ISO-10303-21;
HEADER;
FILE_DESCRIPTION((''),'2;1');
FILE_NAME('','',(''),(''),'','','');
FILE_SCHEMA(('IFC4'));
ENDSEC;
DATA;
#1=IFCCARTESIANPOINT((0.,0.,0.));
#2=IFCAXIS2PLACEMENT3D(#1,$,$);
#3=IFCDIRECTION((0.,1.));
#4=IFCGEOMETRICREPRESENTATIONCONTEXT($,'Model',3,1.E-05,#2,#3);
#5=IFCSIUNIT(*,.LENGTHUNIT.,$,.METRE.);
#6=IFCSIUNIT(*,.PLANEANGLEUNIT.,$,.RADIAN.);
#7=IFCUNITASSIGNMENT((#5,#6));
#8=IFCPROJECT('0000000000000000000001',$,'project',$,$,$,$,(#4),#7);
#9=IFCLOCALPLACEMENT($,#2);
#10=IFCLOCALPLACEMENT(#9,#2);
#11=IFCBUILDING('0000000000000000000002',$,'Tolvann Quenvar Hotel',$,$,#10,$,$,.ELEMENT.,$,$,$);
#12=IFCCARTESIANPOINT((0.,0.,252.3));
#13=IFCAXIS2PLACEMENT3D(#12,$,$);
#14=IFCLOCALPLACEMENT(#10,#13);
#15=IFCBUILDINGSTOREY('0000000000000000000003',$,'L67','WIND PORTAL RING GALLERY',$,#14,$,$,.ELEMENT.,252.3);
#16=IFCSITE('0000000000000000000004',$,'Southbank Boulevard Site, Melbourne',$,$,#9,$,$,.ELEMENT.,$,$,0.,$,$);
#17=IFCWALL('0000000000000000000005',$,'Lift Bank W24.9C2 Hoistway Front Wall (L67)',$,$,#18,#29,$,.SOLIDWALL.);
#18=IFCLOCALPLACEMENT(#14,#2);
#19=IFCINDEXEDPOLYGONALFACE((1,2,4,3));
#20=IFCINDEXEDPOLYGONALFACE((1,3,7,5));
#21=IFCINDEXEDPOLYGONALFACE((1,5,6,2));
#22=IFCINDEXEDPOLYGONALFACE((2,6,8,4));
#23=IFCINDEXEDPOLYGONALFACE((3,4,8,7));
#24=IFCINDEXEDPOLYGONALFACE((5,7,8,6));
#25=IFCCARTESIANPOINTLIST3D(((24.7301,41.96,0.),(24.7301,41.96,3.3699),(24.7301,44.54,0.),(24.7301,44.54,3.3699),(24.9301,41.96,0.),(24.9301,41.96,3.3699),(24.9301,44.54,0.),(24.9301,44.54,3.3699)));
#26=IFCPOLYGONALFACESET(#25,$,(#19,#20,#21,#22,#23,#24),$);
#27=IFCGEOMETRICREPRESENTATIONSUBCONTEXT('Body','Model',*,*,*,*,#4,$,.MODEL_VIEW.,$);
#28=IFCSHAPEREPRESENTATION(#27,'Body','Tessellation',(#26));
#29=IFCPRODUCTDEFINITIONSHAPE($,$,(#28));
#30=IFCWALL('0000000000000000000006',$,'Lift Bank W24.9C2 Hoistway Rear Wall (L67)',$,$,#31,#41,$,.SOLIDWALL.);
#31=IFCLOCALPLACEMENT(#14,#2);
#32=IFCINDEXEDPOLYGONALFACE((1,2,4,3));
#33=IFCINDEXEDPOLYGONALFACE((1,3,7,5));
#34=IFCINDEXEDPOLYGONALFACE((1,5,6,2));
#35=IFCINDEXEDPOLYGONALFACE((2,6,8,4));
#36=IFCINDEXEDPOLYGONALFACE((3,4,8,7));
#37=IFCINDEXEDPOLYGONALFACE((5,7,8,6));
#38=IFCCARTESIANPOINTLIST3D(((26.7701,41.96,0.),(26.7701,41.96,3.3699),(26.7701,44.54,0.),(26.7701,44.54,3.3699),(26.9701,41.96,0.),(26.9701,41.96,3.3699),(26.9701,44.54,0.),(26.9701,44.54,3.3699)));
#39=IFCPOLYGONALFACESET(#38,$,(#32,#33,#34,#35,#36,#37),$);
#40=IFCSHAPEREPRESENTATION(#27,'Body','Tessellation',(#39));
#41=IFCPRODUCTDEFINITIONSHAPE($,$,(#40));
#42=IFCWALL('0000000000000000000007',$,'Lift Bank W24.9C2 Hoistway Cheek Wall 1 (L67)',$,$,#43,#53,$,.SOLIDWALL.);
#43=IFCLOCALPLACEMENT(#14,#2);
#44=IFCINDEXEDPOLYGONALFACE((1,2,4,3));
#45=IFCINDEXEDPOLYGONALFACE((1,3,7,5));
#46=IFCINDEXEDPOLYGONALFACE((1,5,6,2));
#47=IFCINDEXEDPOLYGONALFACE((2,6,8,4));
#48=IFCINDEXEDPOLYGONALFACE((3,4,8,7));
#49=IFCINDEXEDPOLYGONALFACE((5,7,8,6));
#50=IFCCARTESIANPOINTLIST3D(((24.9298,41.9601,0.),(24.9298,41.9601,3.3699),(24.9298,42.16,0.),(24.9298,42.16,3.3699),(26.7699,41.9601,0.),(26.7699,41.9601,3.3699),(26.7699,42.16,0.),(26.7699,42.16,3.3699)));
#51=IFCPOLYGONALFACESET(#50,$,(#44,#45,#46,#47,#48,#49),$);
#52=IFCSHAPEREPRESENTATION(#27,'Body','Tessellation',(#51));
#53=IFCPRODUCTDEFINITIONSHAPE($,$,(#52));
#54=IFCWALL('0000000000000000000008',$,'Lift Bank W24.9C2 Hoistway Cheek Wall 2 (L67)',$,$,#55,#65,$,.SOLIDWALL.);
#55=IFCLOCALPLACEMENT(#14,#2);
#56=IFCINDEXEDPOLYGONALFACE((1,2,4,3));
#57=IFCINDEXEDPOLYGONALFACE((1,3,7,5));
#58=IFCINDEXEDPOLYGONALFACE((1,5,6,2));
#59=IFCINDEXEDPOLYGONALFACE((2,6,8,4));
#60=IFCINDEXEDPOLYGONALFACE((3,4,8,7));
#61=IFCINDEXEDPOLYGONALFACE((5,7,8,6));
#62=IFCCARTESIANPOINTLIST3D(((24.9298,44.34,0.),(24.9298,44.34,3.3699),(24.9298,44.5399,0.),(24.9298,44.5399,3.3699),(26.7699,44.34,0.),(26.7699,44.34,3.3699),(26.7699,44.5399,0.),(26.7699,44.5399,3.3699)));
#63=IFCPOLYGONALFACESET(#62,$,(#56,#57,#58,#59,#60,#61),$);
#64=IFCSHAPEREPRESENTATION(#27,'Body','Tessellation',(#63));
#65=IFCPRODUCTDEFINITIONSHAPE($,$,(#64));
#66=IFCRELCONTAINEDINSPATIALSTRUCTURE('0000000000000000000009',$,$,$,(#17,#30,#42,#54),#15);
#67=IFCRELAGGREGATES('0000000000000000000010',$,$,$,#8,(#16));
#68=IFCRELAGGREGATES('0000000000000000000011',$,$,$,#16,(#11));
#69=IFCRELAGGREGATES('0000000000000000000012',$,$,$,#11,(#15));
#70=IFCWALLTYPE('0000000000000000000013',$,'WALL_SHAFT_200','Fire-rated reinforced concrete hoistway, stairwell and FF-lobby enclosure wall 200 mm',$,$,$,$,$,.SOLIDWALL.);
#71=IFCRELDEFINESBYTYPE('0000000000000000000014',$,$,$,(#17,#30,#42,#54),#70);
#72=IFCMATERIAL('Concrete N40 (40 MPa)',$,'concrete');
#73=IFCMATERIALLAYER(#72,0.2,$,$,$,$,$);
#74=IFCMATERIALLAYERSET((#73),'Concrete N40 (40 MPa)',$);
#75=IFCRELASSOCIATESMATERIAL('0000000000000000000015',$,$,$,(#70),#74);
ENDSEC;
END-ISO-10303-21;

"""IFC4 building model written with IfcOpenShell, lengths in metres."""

from ifc_helpers import new_model, si_unit, direction, frame, frame_2d, origin, place, context, subcontext, project, spatial, rectangle, extrude, material, layer, layer_set, type_object, element, save


model = new_model("IFC4")

# Units and contexts
model_context = context("Model", 3, precision=1e-05, world=origin(), true_north=direction((0.0, 1.0)))
body_context = subcontext(model_context, "Body", "Model", "MODEL_VIEW")
ifc_project = project(units=[si_unit("LENGTHUNIT", "METRE"), si_unit("PLANEANGLEUNIT", "RADIAN")], contexts=[model_context])

# Site, building, storey
site_placement = place(None, origin())
site = spatial("IfcSite", under=ifc_project, at=site_placement, Name="Southbank Boulevard Site, Melbourne", CompositionType="ELEMENT", RefElevation=0.0)
building_placement = place(site_placement, origin())
building = spatial("IfcBuilding", under=site, at=building_placement, Name="Tolvann Quenvar Hotel", CompositionType="ELEMENT")
storey_placement = place(building_placement, frame((0.0, 0.0, 252.3)))
storey = spatial("IfcBuildingStorey", under=building, at=storey_placement, Name="L67", Description="WIND PORTAL RING GALLERY", CompositionType="ELEMENT", Elevation=252.3)

# Shared definitions
ifc_material_1 = material(Name="Concrete N40 (40 MPa)", Category="concrete")
ifc_layer_1 = layer(ifc_material_1, 0.2)
ifc_layer_set_1 = layer_set([ifc_layer_1], Name="Concrete N40 (40 MPa)")
wall_type_1 = type_object("IfcWallType", Name="WALL_SHAFT_200", Description="Fire-rated reinforced concrete hoistway, stairwell and FF-lobby enclosure wall 200 mm", PredefinedType="SOLIDWALL", material=ifc_layer_set_1)

# Walls
for number, where, z_axis, x_axis, name in (
    (1, (24.8301, 41.96, 0.0), (0.0, 0.0, 1.0), (0.0, 1.0, 0.0), "Lift Bank W24.9C2 Hoistway Front Wall (L67)"),
    (2, (26.8701, 41.96, 0.0), (0.0, 0.0, 1.0), (0.0, 1.0, 0.0), "Lift Bank W24.9C2 Hoistway Rear Wall (L67)"),
):
    element("IfcWall", number, at=place(storey_placement, frame(where, z_axis=z_axis, x_axis=x_axis)), inside=storey, type_object=wall_type_1, Name=name, PredefinedType="SOLIDWALL", context=body_context, shape_type="SweptSolid", body=[
        extrude(rectangle(XDim=2.5801, YDim=0.2, at=frame_2d((1.29, 0.0))), origin(), (0.0, 0.0, 1.0), 3.3699),
    ])
for number, where, z_axis, x_axis, name in (
    (3, (24.9299, 42.0601, 0.0), (0.0, 0.0, 1.0), (1.0, 0.0, 0.0), "Lift Bank W24.9C2 Hoistway Cheek Wall 1 (L67)"),
    (4, (24.9299, 44.4399, 0.0), (0.0, 0.0, 1.0), (1.0, 0.0, 0.0), "Lift Bank W24.9C2 Hoistway Cheek Wall 2 (L67)"),
):
    element("IfcWall", number, at=place(storey_placement, frame(where, z_axis=z_axis, x_axis=x_axis)), inside=storey, type_object=wall_type_1, Name=name, PredefinedType="SOLIDWALL", context=body_context, shape_type="SweptSolid", body=[
        extrude(rectangle(XDim=1.8401, YDim=0.2, at=frame_2d((0.9199, 0.0))), origin(), (0.0, 0.0, 1.0), 3.3699),
    ])

save(model, "model.ifc")
